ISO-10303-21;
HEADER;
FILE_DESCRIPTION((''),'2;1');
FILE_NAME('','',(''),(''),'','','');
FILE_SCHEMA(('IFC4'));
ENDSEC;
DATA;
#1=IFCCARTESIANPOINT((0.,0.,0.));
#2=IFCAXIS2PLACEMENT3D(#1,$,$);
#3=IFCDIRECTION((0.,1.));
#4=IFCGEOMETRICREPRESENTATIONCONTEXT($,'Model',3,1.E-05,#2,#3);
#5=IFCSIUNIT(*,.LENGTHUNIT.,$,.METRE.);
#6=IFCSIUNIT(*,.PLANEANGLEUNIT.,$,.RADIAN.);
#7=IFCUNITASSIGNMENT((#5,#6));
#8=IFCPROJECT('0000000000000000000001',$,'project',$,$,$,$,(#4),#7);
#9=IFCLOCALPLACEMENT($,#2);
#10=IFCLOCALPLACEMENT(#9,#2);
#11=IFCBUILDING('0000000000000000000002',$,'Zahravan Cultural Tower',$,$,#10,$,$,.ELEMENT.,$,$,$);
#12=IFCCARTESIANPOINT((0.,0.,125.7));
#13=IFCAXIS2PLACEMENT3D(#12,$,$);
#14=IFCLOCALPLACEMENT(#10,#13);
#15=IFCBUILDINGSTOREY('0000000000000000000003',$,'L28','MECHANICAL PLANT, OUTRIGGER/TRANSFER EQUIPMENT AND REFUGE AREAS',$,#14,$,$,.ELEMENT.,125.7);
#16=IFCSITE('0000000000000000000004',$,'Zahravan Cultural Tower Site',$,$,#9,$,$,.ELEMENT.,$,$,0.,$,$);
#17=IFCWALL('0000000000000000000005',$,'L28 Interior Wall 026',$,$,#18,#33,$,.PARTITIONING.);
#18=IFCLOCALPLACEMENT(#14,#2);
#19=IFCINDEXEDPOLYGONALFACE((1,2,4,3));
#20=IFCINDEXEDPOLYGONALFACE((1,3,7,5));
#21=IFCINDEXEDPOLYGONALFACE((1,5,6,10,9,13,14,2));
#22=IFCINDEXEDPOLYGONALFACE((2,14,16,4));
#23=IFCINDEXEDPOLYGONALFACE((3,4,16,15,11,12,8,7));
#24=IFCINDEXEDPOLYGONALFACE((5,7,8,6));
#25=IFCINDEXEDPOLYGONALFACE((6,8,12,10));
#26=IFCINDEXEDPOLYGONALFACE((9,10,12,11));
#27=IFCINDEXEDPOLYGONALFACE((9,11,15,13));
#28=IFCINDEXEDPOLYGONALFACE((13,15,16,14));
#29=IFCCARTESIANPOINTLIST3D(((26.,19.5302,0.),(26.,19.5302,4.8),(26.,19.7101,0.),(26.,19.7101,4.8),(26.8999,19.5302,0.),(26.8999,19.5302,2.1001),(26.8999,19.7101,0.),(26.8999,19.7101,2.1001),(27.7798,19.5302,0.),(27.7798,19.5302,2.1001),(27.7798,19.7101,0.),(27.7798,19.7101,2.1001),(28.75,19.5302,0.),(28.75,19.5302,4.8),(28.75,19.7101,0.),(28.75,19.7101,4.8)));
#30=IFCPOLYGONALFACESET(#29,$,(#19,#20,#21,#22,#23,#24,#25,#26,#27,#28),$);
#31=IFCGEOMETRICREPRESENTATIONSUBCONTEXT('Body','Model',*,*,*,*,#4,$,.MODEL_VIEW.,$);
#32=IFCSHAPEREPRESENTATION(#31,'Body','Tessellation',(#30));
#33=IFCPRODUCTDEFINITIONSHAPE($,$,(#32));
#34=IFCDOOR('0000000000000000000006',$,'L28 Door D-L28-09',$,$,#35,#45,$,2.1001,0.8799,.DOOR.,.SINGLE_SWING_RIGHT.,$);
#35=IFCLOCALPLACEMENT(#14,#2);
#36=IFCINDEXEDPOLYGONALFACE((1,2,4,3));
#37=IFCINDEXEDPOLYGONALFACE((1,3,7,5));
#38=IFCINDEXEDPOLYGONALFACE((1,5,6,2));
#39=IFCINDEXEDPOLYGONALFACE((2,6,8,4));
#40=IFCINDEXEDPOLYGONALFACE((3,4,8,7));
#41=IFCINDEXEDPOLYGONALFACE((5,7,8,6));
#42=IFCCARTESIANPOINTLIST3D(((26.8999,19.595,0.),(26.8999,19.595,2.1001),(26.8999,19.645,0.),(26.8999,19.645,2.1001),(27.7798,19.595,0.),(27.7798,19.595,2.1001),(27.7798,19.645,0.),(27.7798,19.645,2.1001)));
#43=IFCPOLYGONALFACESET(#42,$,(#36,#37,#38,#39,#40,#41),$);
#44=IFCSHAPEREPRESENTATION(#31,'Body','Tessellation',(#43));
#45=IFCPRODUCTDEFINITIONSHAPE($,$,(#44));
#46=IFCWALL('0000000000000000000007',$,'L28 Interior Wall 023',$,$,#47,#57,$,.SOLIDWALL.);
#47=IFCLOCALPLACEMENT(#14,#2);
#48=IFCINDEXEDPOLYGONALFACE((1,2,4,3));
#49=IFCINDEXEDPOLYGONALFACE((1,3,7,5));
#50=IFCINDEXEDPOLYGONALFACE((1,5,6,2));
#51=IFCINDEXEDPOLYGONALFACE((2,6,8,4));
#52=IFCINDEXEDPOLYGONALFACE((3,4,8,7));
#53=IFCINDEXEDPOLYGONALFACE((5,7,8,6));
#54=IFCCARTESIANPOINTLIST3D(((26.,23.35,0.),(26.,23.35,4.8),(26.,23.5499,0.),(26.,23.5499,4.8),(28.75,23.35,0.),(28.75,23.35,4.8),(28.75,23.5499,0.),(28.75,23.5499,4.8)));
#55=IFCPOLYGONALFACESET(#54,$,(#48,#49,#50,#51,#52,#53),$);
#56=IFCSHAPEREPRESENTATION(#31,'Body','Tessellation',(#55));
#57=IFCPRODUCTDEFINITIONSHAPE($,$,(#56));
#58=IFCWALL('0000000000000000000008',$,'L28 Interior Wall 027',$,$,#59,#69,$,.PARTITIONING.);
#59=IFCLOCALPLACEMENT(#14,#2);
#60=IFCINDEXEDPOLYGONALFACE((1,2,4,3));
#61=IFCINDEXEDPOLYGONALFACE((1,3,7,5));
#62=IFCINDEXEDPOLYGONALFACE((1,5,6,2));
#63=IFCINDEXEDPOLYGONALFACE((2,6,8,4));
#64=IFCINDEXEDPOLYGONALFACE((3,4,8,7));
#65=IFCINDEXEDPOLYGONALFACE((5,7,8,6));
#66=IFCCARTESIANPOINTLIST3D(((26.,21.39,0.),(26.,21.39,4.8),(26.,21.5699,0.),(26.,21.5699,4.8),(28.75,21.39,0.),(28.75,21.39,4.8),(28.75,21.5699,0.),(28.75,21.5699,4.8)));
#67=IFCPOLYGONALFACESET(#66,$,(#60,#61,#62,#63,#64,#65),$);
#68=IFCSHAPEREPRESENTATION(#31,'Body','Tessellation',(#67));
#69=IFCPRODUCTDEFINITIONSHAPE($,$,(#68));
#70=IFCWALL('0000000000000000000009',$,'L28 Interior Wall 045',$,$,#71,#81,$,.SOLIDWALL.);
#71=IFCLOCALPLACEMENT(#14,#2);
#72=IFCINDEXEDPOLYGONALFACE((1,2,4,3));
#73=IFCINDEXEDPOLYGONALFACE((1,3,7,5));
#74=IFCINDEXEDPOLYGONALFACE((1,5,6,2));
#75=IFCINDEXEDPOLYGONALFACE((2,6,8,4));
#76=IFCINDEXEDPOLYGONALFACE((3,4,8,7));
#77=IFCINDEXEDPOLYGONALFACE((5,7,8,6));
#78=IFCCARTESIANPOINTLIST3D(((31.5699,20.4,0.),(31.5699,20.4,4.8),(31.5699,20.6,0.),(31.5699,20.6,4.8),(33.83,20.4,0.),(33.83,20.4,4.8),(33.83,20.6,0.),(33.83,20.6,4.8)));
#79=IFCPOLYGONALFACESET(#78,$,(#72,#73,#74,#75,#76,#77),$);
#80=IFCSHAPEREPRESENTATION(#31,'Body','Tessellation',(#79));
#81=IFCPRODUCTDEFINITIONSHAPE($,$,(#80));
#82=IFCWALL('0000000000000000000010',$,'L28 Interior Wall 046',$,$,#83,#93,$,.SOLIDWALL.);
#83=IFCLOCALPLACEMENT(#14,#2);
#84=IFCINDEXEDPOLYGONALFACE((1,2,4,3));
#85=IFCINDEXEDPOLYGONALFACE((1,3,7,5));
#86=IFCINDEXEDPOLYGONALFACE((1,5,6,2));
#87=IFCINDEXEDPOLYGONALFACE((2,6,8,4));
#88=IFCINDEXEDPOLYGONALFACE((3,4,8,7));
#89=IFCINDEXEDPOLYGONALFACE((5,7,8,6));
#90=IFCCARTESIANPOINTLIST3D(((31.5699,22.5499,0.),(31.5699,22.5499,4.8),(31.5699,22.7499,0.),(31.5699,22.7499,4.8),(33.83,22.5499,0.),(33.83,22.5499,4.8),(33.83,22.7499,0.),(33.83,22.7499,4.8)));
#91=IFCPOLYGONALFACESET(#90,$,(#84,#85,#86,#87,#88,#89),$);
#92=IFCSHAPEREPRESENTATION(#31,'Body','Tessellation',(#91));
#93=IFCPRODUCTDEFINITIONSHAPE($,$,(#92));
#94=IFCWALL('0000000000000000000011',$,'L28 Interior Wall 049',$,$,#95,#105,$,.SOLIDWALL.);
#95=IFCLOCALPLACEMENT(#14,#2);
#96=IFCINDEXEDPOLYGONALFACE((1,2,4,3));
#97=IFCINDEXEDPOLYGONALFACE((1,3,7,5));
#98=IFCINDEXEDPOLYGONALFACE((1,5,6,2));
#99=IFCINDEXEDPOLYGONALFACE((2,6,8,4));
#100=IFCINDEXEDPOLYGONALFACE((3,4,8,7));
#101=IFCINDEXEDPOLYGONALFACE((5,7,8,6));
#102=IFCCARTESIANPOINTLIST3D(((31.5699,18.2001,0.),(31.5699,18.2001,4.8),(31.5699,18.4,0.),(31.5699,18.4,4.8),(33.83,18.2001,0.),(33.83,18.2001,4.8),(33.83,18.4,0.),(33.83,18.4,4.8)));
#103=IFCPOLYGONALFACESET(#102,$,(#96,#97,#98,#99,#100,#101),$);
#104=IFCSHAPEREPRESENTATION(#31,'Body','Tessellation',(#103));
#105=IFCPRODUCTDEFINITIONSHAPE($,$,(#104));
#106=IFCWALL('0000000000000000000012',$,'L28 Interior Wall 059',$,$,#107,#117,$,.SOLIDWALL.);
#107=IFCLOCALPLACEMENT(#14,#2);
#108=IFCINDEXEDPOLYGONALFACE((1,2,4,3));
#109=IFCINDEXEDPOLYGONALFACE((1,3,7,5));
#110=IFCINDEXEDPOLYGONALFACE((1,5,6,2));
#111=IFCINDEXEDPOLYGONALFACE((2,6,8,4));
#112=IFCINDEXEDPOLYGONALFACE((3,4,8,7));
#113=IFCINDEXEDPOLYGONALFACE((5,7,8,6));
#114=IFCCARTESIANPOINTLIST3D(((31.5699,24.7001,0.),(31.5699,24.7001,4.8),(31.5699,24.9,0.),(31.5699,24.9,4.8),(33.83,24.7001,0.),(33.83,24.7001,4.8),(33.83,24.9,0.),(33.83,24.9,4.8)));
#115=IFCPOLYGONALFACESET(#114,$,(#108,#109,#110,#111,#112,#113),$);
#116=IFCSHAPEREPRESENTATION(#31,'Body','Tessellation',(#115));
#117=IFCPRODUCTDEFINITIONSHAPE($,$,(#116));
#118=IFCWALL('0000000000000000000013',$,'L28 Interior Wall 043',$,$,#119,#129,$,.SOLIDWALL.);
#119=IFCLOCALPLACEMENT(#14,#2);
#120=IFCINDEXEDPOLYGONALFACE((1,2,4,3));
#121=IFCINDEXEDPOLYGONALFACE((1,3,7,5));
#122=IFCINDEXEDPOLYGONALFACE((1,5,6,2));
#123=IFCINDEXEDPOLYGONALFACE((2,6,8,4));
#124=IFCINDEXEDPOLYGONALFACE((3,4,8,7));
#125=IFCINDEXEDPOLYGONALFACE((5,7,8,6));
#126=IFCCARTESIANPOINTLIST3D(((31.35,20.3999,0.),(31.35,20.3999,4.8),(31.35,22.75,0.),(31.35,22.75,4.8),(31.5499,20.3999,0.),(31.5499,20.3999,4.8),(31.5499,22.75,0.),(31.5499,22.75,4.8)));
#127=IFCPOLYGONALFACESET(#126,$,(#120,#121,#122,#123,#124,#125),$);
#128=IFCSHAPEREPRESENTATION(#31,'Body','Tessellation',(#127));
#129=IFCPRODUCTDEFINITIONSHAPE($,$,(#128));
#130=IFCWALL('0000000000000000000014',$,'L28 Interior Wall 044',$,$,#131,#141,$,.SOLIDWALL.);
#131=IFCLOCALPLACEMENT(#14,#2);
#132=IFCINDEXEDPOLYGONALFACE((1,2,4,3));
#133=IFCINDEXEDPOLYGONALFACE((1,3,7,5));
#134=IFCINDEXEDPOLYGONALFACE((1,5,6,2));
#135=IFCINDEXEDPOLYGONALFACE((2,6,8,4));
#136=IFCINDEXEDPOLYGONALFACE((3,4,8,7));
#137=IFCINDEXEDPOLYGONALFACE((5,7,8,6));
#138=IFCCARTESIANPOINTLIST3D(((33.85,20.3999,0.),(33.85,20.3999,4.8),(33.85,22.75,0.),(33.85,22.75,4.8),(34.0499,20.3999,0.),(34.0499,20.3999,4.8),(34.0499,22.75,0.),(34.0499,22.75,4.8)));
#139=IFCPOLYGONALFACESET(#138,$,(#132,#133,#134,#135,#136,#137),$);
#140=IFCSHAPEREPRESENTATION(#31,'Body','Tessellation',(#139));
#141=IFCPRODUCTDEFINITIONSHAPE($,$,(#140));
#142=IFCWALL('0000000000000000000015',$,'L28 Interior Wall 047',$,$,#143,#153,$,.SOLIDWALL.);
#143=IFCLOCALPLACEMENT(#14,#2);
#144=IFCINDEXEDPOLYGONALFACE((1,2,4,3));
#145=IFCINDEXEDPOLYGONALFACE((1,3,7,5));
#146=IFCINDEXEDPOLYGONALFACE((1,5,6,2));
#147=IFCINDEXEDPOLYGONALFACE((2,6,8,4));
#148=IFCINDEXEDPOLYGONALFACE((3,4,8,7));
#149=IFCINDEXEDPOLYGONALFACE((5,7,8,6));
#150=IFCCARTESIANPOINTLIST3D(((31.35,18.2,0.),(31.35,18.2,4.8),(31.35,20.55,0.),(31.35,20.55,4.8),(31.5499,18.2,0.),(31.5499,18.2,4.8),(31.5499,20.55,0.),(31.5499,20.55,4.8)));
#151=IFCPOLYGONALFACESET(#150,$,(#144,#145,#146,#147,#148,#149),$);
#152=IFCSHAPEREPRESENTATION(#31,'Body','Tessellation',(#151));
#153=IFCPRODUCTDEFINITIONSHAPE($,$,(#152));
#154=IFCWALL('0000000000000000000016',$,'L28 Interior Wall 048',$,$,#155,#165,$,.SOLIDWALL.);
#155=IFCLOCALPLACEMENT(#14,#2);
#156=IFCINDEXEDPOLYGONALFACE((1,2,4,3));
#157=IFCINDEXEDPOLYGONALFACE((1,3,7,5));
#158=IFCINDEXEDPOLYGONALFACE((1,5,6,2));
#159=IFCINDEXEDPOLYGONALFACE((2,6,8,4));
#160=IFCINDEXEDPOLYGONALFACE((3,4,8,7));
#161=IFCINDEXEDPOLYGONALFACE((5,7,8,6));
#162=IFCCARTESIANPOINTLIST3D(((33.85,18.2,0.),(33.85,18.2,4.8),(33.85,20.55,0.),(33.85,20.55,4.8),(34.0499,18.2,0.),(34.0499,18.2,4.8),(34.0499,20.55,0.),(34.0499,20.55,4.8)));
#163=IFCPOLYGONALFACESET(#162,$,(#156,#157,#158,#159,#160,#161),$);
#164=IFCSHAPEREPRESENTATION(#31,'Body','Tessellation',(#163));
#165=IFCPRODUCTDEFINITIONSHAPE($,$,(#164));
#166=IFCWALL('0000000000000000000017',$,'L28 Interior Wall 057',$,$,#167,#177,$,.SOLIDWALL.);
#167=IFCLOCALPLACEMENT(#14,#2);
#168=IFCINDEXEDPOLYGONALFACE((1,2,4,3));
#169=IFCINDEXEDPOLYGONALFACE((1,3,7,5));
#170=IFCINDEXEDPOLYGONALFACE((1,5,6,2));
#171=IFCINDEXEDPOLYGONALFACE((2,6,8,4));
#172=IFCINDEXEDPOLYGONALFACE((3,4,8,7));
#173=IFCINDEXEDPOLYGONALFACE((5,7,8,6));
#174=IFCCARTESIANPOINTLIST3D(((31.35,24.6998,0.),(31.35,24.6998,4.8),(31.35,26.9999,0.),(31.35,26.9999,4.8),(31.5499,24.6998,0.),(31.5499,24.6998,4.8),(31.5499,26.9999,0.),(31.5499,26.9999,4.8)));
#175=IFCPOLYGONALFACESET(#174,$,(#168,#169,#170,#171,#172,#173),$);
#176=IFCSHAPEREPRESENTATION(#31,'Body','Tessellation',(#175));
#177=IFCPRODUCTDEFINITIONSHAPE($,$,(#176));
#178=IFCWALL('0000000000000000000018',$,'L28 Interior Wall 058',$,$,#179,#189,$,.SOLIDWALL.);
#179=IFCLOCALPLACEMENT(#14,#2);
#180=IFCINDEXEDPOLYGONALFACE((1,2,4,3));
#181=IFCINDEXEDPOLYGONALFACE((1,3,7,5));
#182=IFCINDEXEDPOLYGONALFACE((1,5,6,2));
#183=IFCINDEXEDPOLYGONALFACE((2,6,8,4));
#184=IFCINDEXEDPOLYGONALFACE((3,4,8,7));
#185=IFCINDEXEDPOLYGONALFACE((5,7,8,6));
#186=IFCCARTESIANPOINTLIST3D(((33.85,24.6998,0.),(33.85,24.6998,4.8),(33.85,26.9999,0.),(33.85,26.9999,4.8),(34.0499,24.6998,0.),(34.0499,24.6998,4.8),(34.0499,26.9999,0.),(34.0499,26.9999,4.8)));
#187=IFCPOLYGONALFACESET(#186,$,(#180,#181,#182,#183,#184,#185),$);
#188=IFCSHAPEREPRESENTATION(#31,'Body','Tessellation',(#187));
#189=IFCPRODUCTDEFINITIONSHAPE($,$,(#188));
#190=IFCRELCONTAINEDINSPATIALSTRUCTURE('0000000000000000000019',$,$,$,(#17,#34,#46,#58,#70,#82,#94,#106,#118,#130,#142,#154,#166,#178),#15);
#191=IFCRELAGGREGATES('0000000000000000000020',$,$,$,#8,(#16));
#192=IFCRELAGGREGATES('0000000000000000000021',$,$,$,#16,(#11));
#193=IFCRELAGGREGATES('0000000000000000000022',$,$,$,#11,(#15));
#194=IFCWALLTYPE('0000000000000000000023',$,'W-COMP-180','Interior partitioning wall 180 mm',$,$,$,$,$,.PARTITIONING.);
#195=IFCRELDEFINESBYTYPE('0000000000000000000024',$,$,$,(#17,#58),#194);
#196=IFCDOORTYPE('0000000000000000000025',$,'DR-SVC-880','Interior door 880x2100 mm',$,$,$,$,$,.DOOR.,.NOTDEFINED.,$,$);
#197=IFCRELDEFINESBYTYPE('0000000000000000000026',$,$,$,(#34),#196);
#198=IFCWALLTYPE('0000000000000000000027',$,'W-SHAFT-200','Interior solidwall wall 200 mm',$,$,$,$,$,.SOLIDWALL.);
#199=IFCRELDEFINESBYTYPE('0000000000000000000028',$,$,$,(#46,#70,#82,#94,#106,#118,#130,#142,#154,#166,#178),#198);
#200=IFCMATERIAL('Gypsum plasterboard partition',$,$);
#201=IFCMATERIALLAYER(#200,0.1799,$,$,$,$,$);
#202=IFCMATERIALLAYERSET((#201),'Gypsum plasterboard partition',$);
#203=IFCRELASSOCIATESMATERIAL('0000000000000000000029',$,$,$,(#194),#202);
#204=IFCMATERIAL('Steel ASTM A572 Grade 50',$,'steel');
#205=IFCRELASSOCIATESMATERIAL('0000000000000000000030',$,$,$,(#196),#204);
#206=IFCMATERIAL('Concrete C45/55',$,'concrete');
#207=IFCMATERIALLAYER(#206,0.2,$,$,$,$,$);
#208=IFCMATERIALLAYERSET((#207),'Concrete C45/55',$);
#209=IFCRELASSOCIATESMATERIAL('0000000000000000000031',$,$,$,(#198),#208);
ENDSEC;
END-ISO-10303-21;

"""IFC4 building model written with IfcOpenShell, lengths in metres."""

from ifc_helpers import new_model, si_unit, direction, frame, frame_2d, origin, place, context, subcontext, project, spatial, rectangle, extrude, source, transform, mapped, material, layer, layer_set, type_object, element, fill, save


model = new_model("IFC4")

# Units and contexts
model_context = context("Model", 3, precision=1e-05, world=origin(), true_north=direction((0.0, 1.0)))
body_context = subcontext(model_context, "Body", "Model", "MODEL_VIEW")
ifc_project = project(units=[si_unit("LENGTHUNIT", "METRE"), si_unit("PLANEANGLEUNIT", "RADIAN")], contexts=[model_context])

# Site, building, storey
site_placement = place(None, origin())
site = spatial("IfcSite", under=ifc_project, at=site_placement, Name="Zahravan Cultural Tower Site", CompositionType="ELEMENT", RefElevation=0.0)
building_placement = place(site_placement, origin())
building = spatial("IfcBuilding", under=site, at=building_placement, Name="Zahravan Cultural Tower", CompositionType="ELEMENT")
storey_placement = place(building_placement, frame((0.0, 0.0, 125.7)))
storey = spatial("IfcBuildingStorey", under=building, at=storey_placement, Name="L28", Description="MECHANICAL PLANT, OUTRIGGER/TRANSFER EQUIPMENT AND REFUGE AREAS", CompositionType="ELEMENT", Elevation=125.7)

# Wall, opening, door
ifc_material_1 = material(Name="Gypsum plasterboard partition")
ifc_layer_1 = layer(ifc_material_1, 0.1799)
ifc_layer_set_1 = layer_set([ifc_layer_1], Name="Gypsum plasterboard partition")
wall_type_1 = type_object("IfcWallType", Name="W-COMP-180", Description="Interior partitioning wall 180 mm", PredefinedType="PARTITIONING", material=ifc_layer_set_1)
wall_1_placement = place(storey_placement, frame((26.0, 19.6201, 0.0), z_axis=(0.0, 0.0, 1.0), x_axis=(1.0, 0.0, 0.0)))
wall_1 = element("IfcWall", 1, at=wall_1_placement, inside=storey, type_object=wall_type_1, Name="L28 Interior Wall 026", PredefinedType="PARTITIONING", context=body_context, shape_type="SweptSolid", body=[
    extrude(rectangle(XDim=2.75, YDim=0.1799, at=frame_2d((1.375, 0.0))), origin(), (0.0, 0.0, 1.0), 4.8),
])
opening_placement = place(wall_1_placement, frame((0.8999, 0.0, 0.0)))
opening = element("IfcOpeningElement", 2, at=opening_placement, cuts=wall_1, PredefinedType="OPENING", context=body_context, shape_type="SweptSolid", body=[
    extrude(rectangle(XDim=0.8799, YDim=2.1001, at=frame_2d((0.4399, 1.05))), frame((0.0, 0.0999, 0.0), z_axis=(0.0, -1.0, 0.0), x_axis=(1.0, 0.0, 0.0)), (0.0, 0.0, 1.0), 0.2),
])
ifc_material_2 = material(Name="Steel ASTM A572 Grade 50", Category="steel")
door_type = type_object("IfcDoorType", Name="DR-SVC-880", Description="Interior door 880x2100 mm", OperationType="NOTDEFINED", PredefinedType="DOOR", material=ifc_material_2)
shared_shape_1 = source(origin(), body_context, "Body", "SweptSolid", [
    extrude(rectangle(XDim=0.8799, YDim=2.1001, at=frame_2d((0.4399, 1.05))), frame((0.0, 0.0249, 0.0), z_axis=(0.0, -1.0, 0.0), x_axis=(1.0, 0.0, 0.0)), (0.0, 0.0, 1.0), 0.05),
])
door_placement = place(opening_placement, origin())
door = element("IfcDoor", 3, at=door_placement, inside=storey, type_object=door_type, Name="L28 Door D-L28-09", OperationType="SINGLE_SWING_RIGHT", OverallHeight=2.1001, OverallWidth=0.8799, PredefinedType="DOOR", context=body_context, shape_type="MappedRepresentation", body=[
    mapped(shared_shape_1, transform((0.0, 0.0, 0.0), x_axis=(1.0, 0.0, 0.0), y_axis=(0.0, 1.0, 0.0), z_axis=(0.0, 0.0, 1.0), scale=1.0)),
])
fill(opening, door)

# Walls
ifc_material_3 = material(Name="Concrete C45/55", Category="concrete")
ifc_layer_2 = layer(ifc_material_3, 0.2)
ifc_layer_set_2 = layer_set([ifc_layer_2], Name="Concrete C45/55")
wall_type_2 = type_object("IfcWallType", Name="W-SHAFT-200", Description="Interior solidwall wall 200 mm", PredefinedType="SOLIDWALL", material=ifc_layer_set_2)
shared_shape_2 = source(origin(), body_context, "Body", "SweptSolid", [
    extrude(rectangle(XDim=2.75, YDim=0.2, at=frame_2d((1.375, 0.0))), origin(), (0.0, 0.0, 1.0), 4.8),
])
wall_2_placement = place(storey_placement, frame((26.0, 23.45, 0.0), z_axis=(0.0, 0.0, 1.0), x_axis=(1.0, 0.0, 0.0)))
element("IfcWall", 4, at=wall_2_placement, inside=storey, type_object=wall_type_2, Name="L28 Interior Wall 023", PredefinedType="SOLIDWALL", context=body_context, shape_type="MappedRepresentation", body=[
    mapped(shared_shape_2, transform((0.0, 0.0, 0.0), x_axis=(1.0, 0.0, 0.0), y_axis=(0.0, 1.0, 0.0), z_axis=(0.0, 0.0, 1.0), scale=1.0)),
])
shared_shape_3 = source(origin(), body_context, "Body", "SweptSolid", [
    extrude(rectangle(XDim=2.75, YDim=0.1799, at=frame_2d((1.375, 0.0))), origin(), (0.0, 0.0, 1.0), 4.8),
])
wall_3_placement = place(storey_placement, frame((26.0, 21.48, 0.0), z_axis=(0.0, 0.0, 1.0), x_axis=(1.0, 0.0, 0.0)))
element("IfcWall", 5, at=wall_3_placement, inside=storey, type_object=wall_type_1, Name="L28 Interior Wall 027", PredefinedType="PARTITIONING", context=body_context, shape_type="MappedRepresentation", body=[
    mapped(shared_shape_3, transform((0.0, 0.0, 0.0), x_axis=(1.0, 0.0, 0.0), y_axis=(0.0, 1.0, 0.0), z_axis=(0.0, 0.0, 1.0), scale=1.0)),
])
shared_shape_4 = source(origin(), body_context, "Body", "SweptSolid", [
    extrude(rectangle(XDim=2.26, YDim=0.2, at=frame_2d((1.1299, 0.0))), origin(), (0.0, 0.0, 1.0), 4.8),
])
for number, where, z_axis, x_axis, name in (
    (6, (31.5701, 20.5, 0.0), (0.0, 0.0, 1.0), (1.0, 0.0, 0.0), "L28 Interior Wall 045"),
    (7, (31.5701, 22.6499, 0.0), (0.0, 0.0, 1.0), (1.0, 0.0, 0.0), "L28 Interior Wall 046"),
    (8, (31.5701, 18.3, 0.0), (0.0, 0.0, 1.0), (1.0, 0.0, 0.0), "L28 Interior Wall 049"),
    (9, (31.5701, 24.8, 0.0), (0.0, 0.0, 1.0), (1.0, 0.0, 0.0), "L28 Interior Wall 059"),
):
    element("IfcWall", number, at=place(storey_placement, frame(where, z_axis=z_axis, x_axis=x_axis)), inside=storey, type_object=wall_type_2, Name=name, PredefinedType="SOLIDWALL", context=body_context, shape_type="MappedRepresentation", body=[
        mapped(shared_shape_4, transform((0.0, 0.0, 0.0), x_axis=(1.0, 0.0, 0.0), y_axis=(0.0, 1.0, 0.0), z_axis=(0.0, 0.0, 1.0), scale=1.0)),
    ])
shared_shape_5 = source(origin(), body_context, "Body", "SweptSolid", [
    extrude(rectangle(XDim=2.3501, YDim=0.2, at=frame_2d((1.175, 0.0))), origin(), (0.0, 0.0, 1.0), 4.8),
])
for number, where, z_axis, x_axis, name in (
    (10, (31.45, 20.3999, 0.0), (0.0, 0.0, 1.0), (0.0, 1.0, 0.0), "L28 Interior Wall 043"),
    (11, (33.95, 20.3999, 0.0), (0.0, 0.0, 1.0), (0.0, 1.0, 0.0), "L28 Interior Wall 044"),
    (12, (31.45, 18.2, 0.0), (0.0, 0.0, 1.0), (0.0, 1.0, 0.0), "L28 Interior Wall 047"),
    (13, (33.95, 18.2, 0.0), (0.0, 0.0, 1.0), (0.0, 1.0, 0.0), "L28 Interior Wall 048"),
):
    element("IfcWall", number, at=place(storey_placement, frame(where, z_axis=z_axis, x_axis=x_axis)), inside=storey, type_object=wall_type_2, Name=name, PredefinedType="SOLIDWALL", context=body_context, shape_type="MappedRepresentation", body=[
        mapped(shared_shape_5, transform((0.0, 0.0, 0.0), x_axis=(1.0, 0.0, 0.0), y_axis=(0.0, 1.0, 0.0), z_axis=(0.0, 0.0, 1.0), scale=1.0)),
    ])
shared_shape_6 = source(origin(), body_context, "Body", "SweptSolid", [
    extrude(rectangle(XDim=2.3, YDim=0.2, at=frame_2d((1.1499, 0.0))), origin(), (0.0, 0.0, 1.0), 4.8),
])
for number, where, z_axis, x_axis, name in (
    (14, (31.45, 24.7, 0.0), (0.0, 0.0, 1.0), (0.0, 1.0, 0.0), "L28 Interior Wall 057"),
    (15, (33.95, 24.7, 0.0), (0.0, 0.0, 1.0), (0.0, 1.0, 0.0), "L28 Interior Wall 058"),
):
    element("IfcWall", number, at=place(storey_placement, frame(where, z_axis=z_axis, x_axis=x_axis)), inside=storey, type_object=wall_type_2, Name=name, PredefinedType="SOLIDWALL", context=body_context, shape_type="MappedRepresentation", body=[
        mapped(shared_shape_6, transform((0.0, 0.0, 0.0), x_axis=(1.0, 0.0, 0.0), y_axis=(0.0, 1.0, 0.0), z_axis=(0.0, 0.0, 1.0), scale=1.0)),
    ])

save(model, "model.ifc")
